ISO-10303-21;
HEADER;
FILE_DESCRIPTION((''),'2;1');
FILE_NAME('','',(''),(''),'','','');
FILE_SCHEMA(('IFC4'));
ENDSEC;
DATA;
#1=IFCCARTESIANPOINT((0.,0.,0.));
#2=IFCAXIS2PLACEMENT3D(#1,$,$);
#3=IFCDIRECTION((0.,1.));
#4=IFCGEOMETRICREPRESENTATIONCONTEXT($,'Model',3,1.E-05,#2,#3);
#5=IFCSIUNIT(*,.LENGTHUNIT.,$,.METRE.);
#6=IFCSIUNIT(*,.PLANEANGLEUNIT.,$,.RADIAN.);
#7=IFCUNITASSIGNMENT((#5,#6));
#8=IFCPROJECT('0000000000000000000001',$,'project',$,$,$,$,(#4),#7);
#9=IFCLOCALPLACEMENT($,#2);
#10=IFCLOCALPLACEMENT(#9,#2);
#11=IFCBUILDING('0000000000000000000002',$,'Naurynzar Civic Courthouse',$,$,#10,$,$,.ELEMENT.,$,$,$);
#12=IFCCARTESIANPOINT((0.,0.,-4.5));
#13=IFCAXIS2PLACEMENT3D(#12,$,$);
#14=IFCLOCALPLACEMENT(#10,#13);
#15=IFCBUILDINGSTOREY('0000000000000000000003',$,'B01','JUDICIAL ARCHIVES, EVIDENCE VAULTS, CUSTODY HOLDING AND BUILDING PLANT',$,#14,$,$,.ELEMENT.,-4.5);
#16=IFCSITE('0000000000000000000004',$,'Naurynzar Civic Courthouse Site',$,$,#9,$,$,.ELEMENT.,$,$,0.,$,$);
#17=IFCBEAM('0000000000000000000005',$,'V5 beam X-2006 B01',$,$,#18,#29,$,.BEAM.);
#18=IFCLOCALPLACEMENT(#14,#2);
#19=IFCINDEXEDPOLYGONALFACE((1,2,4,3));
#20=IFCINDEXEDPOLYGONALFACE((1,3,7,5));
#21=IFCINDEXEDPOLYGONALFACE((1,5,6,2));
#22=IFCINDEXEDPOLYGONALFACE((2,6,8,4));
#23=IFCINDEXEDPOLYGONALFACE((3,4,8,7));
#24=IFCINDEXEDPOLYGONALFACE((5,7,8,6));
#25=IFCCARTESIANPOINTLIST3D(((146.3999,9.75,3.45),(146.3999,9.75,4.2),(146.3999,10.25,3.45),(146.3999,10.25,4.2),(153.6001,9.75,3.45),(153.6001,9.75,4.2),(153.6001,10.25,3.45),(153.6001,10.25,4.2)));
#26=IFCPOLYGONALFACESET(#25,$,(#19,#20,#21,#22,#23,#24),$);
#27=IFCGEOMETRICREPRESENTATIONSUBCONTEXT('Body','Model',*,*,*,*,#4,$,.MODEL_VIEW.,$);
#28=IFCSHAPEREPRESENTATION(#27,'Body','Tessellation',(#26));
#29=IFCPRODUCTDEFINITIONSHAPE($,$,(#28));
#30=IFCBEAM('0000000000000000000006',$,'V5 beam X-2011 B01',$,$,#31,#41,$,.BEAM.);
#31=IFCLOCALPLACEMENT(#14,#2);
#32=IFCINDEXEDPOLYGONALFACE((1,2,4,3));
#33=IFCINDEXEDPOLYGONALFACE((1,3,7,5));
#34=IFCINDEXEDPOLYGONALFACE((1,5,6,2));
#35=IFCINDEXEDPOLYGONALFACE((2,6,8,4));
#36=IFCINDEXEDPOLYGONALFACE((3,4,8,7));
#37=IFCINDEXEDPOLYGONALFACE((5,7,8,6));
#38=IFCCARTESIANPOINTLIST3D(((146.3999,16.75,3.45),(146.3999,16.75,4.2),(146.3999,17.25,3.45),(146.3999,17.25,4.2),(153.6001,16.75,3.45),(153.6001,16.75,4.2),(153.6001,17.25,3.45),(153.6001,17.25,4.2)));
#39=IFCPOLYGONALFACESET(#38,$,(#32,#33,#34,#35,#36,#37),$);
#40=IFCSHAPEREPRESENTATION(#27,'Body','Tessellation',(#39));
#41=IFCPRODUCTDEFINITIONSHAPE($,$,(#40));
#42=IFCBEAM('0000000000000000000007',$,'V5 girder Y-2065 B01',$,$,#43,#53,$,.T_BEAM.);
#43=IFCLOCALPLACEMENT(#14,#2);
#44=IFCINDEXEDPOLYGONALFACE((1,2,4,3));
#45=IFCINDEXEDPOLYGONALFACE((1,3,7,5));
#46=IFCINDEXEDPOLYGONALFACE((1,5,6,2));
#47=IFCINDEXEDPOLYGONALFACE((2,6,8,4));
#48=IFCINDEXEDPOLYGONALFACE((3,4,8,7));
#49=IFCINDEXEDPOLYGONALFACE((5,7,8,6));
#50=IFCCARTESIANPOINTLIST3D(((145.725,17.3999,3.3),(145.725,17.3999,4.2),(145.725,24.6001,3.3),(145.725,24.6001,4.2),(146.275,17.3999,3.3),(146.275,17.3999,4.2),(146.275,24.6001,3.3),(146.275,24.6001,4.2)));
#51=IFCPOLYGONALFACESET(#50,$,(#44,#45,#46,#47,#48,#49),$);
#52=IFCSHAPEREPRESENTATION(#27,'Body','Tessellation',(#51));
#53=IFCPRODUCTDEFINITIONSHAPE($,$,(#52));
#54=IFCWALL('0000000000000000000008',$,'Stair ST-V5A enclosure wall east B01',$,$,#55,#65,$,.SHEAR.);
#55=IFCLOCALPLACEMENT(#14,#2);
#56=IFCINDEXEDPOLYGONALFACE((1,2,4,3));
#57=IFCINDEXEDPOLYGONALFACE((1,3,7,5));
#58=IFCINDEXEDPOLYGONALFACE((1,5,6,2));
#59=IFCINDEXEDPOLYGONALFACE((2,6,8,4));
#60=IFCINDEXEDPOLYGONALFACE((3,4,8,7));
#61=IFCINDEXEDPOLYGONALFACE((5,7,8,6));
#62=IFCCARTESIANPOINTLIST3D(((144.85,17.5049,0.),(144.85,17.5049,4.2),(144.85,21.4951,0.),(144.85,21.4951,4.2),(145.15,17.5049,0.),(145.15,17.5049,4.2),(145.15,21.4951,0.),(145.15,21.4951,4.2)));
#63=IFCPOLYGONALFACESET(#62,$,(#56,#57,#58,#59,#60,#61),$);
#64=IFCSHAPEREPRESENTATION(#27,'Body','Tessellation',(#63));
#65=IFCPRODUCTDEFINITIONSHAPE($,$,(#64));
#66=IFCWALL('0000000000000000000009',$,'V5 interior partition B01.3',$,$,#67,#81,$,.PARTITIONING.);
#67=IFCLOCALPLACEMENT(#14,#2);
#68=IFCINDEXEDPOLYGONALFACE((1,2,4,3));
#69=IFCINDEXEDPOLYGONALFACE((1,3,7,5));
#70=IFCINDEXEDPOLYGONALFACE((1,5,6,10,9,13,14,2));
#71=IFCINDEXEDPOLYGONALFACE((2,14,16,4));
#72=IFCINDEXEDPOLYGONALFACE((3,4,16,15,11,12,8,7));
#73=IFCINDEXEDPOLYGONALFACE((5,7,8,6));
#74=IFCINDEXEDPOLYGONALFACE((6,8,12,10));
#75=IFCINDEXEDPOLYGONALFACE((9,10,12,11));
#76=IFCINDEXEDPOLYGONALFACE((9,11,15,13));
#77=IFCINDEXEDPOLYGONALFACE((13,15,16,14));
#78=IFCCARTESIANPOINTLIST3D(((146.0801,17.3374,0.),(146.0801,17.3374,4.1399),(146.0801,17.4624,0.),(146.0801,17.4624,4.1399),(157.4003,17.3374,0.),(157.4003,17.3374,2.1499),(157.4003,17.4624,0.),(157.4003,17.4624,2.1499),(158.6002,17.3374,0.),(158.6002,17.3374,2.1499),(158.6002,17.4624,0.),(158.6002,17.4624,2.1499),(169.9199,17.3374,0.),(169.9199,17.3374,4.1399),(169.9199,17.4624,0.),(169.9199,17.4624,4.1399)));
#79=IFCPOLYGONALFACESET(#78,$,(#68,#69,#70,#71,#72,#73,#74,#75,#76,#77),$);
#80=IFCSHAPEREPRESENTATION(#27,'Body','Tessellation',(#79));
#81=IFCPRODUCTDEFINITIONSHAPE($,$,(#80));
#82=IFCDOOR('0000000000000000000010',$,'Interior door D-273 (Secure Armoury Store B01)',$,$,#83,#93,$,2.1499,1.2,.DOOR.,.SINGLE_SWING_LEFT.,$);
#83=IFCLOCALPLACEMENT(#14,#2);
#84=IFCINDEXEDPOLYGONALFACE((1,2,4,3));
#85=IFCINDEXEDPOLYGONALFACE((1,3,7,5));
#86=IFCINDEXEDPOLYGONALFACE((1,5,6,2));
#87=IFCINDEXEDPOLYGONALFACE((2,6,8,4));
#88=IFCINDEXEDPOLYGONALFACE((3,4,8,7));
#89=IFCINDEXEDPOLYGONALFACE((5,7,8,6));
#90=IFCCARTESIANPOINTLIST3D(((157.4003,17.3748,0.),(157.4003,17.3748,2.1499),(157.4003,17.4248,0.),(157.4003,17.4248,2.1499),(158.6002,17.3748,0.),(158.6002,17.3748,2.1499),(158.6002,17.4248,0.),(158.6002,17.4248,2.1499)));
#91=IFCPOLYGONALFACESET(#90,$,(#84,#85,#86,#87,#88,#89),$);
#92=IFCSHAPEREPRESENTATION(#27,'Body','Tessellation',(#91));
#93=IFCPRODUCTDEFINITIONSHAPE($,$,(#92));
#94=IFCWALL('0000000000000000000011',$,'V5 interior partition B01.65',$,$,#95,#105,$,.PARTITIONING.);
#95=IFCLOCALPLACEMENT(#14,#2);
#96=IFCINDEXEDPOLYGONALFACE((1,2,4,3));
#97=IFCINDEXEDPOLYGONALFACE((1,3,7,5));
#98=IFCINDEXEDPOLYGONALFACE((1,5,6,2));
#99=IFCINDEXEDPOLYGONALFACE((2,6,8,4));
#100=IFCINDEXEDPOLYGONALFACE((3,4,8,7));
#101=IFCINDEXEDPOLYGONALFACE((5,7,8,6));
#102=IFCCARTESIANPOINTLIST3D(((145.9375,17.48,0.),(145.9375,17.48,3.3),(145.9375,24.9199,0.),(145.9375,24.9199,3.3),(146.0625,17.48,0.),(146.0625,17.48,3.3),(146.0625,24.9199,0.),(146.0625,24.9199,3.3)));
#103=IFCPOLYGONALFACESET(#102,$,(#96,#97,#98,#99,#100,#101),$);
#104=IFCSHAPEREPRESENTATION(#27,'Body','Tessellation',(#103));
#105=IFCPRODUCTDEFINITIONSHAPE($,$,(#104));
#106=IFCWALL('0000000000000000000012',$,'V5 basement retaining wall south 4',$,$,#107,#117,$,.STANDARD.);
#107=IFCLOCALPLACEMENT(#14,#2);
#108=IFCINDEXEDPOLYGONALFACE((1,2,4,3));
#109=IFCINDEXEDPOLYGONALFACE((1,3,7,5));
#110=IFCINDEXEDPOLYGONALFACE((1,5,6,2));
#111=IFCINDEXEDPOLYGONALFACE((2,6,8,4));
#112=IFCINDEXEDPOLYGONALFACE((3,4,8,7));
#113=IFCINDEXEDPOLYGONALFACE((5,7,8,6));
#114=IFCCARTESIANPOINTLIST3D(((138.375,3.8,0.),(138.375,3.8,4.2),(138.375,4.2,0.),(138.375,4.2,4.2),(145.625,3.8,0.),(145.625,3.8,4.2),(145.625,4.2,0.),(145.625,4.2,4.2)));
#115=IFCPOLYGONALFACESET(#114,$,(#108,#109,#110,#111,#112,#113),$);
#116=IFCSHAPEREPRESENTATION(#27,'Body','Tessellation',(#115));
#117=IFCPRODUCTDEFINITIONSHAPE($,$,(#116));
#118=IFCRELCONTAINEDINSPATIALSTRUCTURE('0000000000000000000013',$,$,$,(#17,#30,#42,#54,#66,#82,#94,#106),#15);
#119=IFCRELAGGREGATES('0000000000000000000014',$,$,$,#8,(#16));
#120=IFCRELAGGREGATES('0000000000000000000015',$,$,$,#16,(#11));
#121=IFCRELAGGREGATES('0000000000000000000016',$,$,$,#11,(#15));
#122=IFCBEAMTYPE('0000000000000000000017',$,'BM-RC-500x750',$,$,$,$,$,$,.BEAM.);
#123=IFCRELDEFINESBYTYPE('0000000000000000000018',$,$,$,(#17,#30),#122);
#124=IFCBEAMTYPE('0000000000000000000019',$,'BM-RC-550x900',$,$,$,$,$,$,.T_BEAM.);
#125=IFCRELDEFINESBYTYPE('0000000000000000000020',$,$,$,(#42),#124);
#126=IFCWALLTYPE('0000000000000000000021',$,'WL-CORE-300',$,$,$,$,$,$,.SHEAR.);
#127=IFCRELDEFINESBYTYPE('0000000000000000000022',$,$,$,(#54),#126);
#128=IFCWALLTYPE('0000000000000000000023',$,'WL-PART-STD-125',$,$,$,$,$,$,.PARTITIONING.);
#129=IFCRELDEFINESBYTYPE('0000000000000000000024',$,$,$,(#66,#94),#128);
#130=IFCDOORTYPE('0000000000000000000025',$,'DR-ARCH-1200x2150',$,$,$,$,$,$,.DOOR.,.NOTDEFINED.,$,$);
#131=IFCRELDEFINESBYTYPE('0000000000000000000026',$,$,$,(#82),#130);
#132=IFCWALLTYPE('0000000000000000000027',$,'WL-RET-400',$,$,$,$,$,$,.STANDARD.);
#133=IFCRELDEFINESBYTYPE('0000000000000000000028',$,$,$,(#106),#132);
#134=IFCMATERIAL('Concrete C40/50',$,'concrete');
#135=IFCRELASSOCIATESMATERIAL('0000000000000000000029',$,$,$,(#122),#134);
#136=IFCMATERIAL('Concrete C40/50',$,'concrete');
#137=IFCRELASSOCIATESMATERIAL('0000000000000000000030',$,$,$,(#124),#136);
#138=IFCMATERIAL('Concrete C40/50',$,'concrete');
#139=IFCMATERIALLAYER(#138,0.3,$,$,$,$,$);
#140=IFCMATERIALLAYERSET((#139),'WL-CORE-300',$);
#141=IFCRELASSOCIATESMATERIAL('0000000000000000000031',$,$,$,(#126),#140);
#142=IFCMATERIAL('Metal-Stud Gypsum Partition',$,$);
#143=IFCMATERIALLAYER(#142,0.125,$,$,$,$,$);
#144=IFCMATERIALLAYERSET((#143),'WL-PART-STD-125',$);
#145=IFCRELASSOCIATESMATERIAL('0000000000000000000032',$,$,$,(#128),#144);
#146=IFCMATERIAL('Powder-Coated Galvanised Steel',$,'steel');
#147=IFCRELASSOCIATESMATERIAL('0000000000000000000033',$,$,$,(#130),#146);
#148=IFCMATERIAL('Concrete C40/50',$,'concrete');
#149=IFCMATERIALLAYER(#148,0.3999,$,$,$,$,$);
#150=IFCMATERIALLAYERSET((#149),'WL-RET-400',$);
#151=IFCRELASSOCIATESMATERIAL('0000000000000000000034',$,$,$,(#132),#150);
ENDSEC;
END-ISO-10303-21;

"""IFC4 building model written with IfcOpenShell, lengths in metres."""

from ifc_helpers import new_model, si_unit, direction, frame, frame_2d, origin, origin_2d, place, context, subcontext, project, spatial, rectangle, extrude, material, layer, layer_set, material_profile, profile_set, type_object, element, fill, save


model = new_model("IFC4")

# Units and contexts
model_context = context("Model", 3, precision=1e-05, world=origin(), true_north=direction((0.0, 1.0)))
body_context = subcontext(model_context, "Body", "Model", "MODEL_VIEW")
ifc_project = project(units=[si_unit("LENGTHUNIT", "METRE"), si_unit("PLANEANGLEUNIT", "RADIAN")], contexts=[model_context])

# Site, building, storey
site_placement = place(None, origin())
site = spatial("IfcSite", under=ifc_project, at=site_placement, Name="Naurynzar Civic Courthouse Site", CompositionType="ELEMENT", RefElevation=0.0)
building_placement = place(site_placement, origin())
building = spatial("IfcBuilding", under=site, at=building_placement, Name="Naurynzar Civic Courthouse", CompositionType="ELEMENT")
storey_placement = place(building_placement, frame((0.0, 0.0, -4.5)))
storey = spatial("IfcBuildingStorey", under=building, at=storey_placement, Name="B01", Description="JUDICIAL ARCHIVES, EVIDENCE VAULTS, CUSTODY HOLDING AND BUILDING PLANT", CompositionType="ELEMENT", Elevation=-4.5)

# Beams
ifc_material_1 = material(Name="Concrete C40/50", Category="concrete")
ifc_material_profile_1 = material_profile(ifc_material_1, rectangle(XDim=0.5, YDim=0.75, at=origin_2d()), Name="RCB 500x750")
ifc_profile_set_1 = profile_set([ifc_material_profile_1], Name="Concrete C40/50")
beam_type_1 = type_object("IfcBeamType", Name="BM-RC-500x750", PredefinedType="BEAM", material=ifc_profile_set_1)
for number, where, z_axis, x_axis, name in (
    (1, (146.3999, 10.0, 3.825), (1.0, 0.0, 0.0), (0.0, 1.0, 0.0), "V5 beam X-2006 B01"),
    (2, (146.3999, 17.0, 3.825), (1.0, 0.0, 0.0), (0.0, 1.0, 0.0), "V5 beam X-2011 B01"),
):
    element("IfcBeam", number, at=place(storey_placement, frame(where, z_axis=z_axis, x_axis=x_axis)), inside=storey, type_object=beam_type_1, Name=name, PredefinedType="BEAM", context=body_context, shape_type="SweptSolid", body=[
        extrude(rectangle(XDim=0.5, YDim=0.75, at=origin_2d()), origin(), (0.0, 0.0, 1.0), 7.2002),
    ])
ifc_material_2 = material(Name="Concrete C40/50", Category="concrete")
ifc_material_profile_2 = material_profile(ifc_material_2, rectangle(XDim=0.55, YDim=0.8999, at=origin_2d()), Name="RCB 550x900")
ifc_profile_set_2 = profile_set([ifc_material_profile_2], Name="Concrete C40/50")
beam_type_2 = type_object("IfcBeamType", Name="BM-RC-550x900", PredefinedType="T_BEAM", material=ifc_profile_set_2)
beam_1_placement = place(storey_placement, frame((146.0, 17.3999, 3.75), z_axis=(0.0, 1.0, 0.0), x_axis=(-1.0, 0.0, 0.0)))
element("IfcBeam", 3, at=beam_1_placement, inside=storey, type_object=beam_type_2, Name="V5 girder Y-2065 B01", PredefinedType="T_BEAM", context=body_context, shape_type="SweptSolid", body=[
    extrude(rectangle(XDim=0.55, YDim=0.8999, at=origin_2d()), origin(), (0.0, 0.0, 1.0), 7.2002),
])

# Wall
ifc_material_3 = material(Name="Concrete C40/50", Category="concrete")
ifc_layer_1 = layer(ifc_material_3, 0.3)
ifc_layer_set_1 = layer_set([ifc_layer_1], Name="WL-CORE-300")
wall_type_1 = type_object("IfcWallType", Name="WL-CORE-300", PredefinedType="SHEAR", material=ifc_layer_set_1)
wall_1_placement = place(storey_placement, frame((145.0, 17.5049, 0.0), z_axis=(0.0, 0.0, 1.0), x_axis=(0.0, 1.0, 0.0)))
element("IfcWall", 4, at=wall_1_placement, inside=storey, type_object=wall_type_1, Name="Stair ST-V5A enclosure wall east B01", PredefinedType="SHEAR", context=body_context, shape_type="SweptSolid", body=[
    extrude(rectangle(XDim=3.9902, YDim=0.3, at=frame_2d((1.9951, 0.0))), origin(), (0.0, 0.0, 1.0), 4.2),
])

# Wall, opening, door
ifc_material_4 = material(Name="Metal-Stud Gypsum Partition")
ifc_layer_2 = layer(ifc_material_4, 0.125)
ifc_layer_set_2 = layer_set([ifc_layer_2], Name="WL-PART-STD-125")
wall_type_2 = type_object("IfcWallType", Name="WL-PART-STD-125", PredefinedType="PARTITIONING", material=ifc_layer_set_2)
wall_2_placement = place(storey_placement, frame((146.0801, 17.3999, 0.0), z_axis=(0.0, 0.0, 1.0), x_axis=(1.0, 0.0, 0.0)))
wall_2 = element("IfcWall", 5, at=wall_2_placement, inside=storey, type_object=wall_type_2, Name="V5 interior partition B01.3", PredefinedType="PARTITIONING", context=body_context, shape_type="SweptSolid", body=[
    extrude(rectangle(XDim=23.8398, YDim=0.125, at=frame_2d((11.9199, 0.0))), origin(), (0.0, 0.0, 1.0), 4.1399),
])
opening_placement = place(wall_2_placement, frame((11.3201, 0.0, 0.0)))
opening = element("IfcOpeningElement", 6, at=opening_placement, cuts=wall_2, PredefinedType="OPENING", context=body_context, shape_type="SweptSolid", body=[
    extrude(rectangle(XDim=1.2, YDim=2.1499, at=frame_2d((0.6001, 1.075))), frame((0.0, 0.0725, 0.0), z_axis=(0.0, -1.0, 0.0), x_axis=(1.0, 0.0, 0.0)), (0.0, 0.0, 1.0), 0.145),
])
ifc_material_5 = material(Name="Powder-Coated Galvanised Steel", Category="steel")
door_type = type_object("IfcDoorType", Name="DR-ARCH-1200x2150", OperationType="NOTDEFINED", PredefinedType="DOOR", material=ifc_material_5)
door_placement = place(opening_placement, origin())
door = element("IfcDoor", 7, at=door_placement, inside=storey, type_object=door_type, Name="Interior door D-273 (Secure Armoury Store B01)", OperationType="SINGLE_SWING_LEFT", OverallHeight=2.1499, OverallWidth=1.2, PredefinedType="DOOR", context=body_context, shape_type="SweptSolid", body=[
    extrude(rectangle(XDim=1.2, YDim=2.1499, at=frame_2d((0.6001, 1.075))), frame((0.0, 0.0249, 0.0), z_axis=(0.0, -1.0, 0.0), x_axis=(1.0, 0.0, 0.0)), (0.0, 0.0, 1.0), 0.05),
])
fill(opening, door)

# Walls
wall_3_placement = place(storey_placement, frame((146.0, 17.48, 0.0), z_axis=(0.0, 0.0, 1.0), x_axis=(0.0, 1.0, 0.0)))
element("IfcWall", 8, at=wall_3_placement, inside=storey, type_object=wall_type_2, Name="V5 interior partition B01.65", PredefinedType="PARTITIONING", context=body_context, shape_type="SweptSolid", body=[
    extrude(rectangle(XDim=7.4399, YDim=0.125, at=frame_2d((3.72, 0.0))), origin(), (0.0, 0.0, 1.0), 3.3),
])
ifc_material_6 = material(Name="Concrete C40/50", Category="concrete")
ifc_layer_3 = layer(ifc_material_6, 0.3999)
ifc_layer_set_3 = layer_set([ifc_layer_3], Name="WL-RET-400")
wall_type_3 = type_object("IfcWallType", Name="WL-RET-400", PredefinedType="STANDARD", material=ifc_layer_set_3)
wall_4_placement = place(storey_placement, frame((145.625, 4.0, 0.0), z_axis=(0.0, 0.0, 1.0), x_axis=(-1.0, 0.0, 0.0)))
element("IfcWall", 9, at=wall_4_placement, inside=storey, type_object=wall_type_3, Name="V5 basement retaining wall south 4", PredefinedType="STANDARD", context=body_context, shape_type="SweptSolid", body=[
    extrude(rectangle(XDim=7.25, YDim=0.3999, at=frame_2d((3.625, 0.0))), origin(), (0.0, 0.0, 1.0), 4.2),
])

save(model, "model.ifc")
